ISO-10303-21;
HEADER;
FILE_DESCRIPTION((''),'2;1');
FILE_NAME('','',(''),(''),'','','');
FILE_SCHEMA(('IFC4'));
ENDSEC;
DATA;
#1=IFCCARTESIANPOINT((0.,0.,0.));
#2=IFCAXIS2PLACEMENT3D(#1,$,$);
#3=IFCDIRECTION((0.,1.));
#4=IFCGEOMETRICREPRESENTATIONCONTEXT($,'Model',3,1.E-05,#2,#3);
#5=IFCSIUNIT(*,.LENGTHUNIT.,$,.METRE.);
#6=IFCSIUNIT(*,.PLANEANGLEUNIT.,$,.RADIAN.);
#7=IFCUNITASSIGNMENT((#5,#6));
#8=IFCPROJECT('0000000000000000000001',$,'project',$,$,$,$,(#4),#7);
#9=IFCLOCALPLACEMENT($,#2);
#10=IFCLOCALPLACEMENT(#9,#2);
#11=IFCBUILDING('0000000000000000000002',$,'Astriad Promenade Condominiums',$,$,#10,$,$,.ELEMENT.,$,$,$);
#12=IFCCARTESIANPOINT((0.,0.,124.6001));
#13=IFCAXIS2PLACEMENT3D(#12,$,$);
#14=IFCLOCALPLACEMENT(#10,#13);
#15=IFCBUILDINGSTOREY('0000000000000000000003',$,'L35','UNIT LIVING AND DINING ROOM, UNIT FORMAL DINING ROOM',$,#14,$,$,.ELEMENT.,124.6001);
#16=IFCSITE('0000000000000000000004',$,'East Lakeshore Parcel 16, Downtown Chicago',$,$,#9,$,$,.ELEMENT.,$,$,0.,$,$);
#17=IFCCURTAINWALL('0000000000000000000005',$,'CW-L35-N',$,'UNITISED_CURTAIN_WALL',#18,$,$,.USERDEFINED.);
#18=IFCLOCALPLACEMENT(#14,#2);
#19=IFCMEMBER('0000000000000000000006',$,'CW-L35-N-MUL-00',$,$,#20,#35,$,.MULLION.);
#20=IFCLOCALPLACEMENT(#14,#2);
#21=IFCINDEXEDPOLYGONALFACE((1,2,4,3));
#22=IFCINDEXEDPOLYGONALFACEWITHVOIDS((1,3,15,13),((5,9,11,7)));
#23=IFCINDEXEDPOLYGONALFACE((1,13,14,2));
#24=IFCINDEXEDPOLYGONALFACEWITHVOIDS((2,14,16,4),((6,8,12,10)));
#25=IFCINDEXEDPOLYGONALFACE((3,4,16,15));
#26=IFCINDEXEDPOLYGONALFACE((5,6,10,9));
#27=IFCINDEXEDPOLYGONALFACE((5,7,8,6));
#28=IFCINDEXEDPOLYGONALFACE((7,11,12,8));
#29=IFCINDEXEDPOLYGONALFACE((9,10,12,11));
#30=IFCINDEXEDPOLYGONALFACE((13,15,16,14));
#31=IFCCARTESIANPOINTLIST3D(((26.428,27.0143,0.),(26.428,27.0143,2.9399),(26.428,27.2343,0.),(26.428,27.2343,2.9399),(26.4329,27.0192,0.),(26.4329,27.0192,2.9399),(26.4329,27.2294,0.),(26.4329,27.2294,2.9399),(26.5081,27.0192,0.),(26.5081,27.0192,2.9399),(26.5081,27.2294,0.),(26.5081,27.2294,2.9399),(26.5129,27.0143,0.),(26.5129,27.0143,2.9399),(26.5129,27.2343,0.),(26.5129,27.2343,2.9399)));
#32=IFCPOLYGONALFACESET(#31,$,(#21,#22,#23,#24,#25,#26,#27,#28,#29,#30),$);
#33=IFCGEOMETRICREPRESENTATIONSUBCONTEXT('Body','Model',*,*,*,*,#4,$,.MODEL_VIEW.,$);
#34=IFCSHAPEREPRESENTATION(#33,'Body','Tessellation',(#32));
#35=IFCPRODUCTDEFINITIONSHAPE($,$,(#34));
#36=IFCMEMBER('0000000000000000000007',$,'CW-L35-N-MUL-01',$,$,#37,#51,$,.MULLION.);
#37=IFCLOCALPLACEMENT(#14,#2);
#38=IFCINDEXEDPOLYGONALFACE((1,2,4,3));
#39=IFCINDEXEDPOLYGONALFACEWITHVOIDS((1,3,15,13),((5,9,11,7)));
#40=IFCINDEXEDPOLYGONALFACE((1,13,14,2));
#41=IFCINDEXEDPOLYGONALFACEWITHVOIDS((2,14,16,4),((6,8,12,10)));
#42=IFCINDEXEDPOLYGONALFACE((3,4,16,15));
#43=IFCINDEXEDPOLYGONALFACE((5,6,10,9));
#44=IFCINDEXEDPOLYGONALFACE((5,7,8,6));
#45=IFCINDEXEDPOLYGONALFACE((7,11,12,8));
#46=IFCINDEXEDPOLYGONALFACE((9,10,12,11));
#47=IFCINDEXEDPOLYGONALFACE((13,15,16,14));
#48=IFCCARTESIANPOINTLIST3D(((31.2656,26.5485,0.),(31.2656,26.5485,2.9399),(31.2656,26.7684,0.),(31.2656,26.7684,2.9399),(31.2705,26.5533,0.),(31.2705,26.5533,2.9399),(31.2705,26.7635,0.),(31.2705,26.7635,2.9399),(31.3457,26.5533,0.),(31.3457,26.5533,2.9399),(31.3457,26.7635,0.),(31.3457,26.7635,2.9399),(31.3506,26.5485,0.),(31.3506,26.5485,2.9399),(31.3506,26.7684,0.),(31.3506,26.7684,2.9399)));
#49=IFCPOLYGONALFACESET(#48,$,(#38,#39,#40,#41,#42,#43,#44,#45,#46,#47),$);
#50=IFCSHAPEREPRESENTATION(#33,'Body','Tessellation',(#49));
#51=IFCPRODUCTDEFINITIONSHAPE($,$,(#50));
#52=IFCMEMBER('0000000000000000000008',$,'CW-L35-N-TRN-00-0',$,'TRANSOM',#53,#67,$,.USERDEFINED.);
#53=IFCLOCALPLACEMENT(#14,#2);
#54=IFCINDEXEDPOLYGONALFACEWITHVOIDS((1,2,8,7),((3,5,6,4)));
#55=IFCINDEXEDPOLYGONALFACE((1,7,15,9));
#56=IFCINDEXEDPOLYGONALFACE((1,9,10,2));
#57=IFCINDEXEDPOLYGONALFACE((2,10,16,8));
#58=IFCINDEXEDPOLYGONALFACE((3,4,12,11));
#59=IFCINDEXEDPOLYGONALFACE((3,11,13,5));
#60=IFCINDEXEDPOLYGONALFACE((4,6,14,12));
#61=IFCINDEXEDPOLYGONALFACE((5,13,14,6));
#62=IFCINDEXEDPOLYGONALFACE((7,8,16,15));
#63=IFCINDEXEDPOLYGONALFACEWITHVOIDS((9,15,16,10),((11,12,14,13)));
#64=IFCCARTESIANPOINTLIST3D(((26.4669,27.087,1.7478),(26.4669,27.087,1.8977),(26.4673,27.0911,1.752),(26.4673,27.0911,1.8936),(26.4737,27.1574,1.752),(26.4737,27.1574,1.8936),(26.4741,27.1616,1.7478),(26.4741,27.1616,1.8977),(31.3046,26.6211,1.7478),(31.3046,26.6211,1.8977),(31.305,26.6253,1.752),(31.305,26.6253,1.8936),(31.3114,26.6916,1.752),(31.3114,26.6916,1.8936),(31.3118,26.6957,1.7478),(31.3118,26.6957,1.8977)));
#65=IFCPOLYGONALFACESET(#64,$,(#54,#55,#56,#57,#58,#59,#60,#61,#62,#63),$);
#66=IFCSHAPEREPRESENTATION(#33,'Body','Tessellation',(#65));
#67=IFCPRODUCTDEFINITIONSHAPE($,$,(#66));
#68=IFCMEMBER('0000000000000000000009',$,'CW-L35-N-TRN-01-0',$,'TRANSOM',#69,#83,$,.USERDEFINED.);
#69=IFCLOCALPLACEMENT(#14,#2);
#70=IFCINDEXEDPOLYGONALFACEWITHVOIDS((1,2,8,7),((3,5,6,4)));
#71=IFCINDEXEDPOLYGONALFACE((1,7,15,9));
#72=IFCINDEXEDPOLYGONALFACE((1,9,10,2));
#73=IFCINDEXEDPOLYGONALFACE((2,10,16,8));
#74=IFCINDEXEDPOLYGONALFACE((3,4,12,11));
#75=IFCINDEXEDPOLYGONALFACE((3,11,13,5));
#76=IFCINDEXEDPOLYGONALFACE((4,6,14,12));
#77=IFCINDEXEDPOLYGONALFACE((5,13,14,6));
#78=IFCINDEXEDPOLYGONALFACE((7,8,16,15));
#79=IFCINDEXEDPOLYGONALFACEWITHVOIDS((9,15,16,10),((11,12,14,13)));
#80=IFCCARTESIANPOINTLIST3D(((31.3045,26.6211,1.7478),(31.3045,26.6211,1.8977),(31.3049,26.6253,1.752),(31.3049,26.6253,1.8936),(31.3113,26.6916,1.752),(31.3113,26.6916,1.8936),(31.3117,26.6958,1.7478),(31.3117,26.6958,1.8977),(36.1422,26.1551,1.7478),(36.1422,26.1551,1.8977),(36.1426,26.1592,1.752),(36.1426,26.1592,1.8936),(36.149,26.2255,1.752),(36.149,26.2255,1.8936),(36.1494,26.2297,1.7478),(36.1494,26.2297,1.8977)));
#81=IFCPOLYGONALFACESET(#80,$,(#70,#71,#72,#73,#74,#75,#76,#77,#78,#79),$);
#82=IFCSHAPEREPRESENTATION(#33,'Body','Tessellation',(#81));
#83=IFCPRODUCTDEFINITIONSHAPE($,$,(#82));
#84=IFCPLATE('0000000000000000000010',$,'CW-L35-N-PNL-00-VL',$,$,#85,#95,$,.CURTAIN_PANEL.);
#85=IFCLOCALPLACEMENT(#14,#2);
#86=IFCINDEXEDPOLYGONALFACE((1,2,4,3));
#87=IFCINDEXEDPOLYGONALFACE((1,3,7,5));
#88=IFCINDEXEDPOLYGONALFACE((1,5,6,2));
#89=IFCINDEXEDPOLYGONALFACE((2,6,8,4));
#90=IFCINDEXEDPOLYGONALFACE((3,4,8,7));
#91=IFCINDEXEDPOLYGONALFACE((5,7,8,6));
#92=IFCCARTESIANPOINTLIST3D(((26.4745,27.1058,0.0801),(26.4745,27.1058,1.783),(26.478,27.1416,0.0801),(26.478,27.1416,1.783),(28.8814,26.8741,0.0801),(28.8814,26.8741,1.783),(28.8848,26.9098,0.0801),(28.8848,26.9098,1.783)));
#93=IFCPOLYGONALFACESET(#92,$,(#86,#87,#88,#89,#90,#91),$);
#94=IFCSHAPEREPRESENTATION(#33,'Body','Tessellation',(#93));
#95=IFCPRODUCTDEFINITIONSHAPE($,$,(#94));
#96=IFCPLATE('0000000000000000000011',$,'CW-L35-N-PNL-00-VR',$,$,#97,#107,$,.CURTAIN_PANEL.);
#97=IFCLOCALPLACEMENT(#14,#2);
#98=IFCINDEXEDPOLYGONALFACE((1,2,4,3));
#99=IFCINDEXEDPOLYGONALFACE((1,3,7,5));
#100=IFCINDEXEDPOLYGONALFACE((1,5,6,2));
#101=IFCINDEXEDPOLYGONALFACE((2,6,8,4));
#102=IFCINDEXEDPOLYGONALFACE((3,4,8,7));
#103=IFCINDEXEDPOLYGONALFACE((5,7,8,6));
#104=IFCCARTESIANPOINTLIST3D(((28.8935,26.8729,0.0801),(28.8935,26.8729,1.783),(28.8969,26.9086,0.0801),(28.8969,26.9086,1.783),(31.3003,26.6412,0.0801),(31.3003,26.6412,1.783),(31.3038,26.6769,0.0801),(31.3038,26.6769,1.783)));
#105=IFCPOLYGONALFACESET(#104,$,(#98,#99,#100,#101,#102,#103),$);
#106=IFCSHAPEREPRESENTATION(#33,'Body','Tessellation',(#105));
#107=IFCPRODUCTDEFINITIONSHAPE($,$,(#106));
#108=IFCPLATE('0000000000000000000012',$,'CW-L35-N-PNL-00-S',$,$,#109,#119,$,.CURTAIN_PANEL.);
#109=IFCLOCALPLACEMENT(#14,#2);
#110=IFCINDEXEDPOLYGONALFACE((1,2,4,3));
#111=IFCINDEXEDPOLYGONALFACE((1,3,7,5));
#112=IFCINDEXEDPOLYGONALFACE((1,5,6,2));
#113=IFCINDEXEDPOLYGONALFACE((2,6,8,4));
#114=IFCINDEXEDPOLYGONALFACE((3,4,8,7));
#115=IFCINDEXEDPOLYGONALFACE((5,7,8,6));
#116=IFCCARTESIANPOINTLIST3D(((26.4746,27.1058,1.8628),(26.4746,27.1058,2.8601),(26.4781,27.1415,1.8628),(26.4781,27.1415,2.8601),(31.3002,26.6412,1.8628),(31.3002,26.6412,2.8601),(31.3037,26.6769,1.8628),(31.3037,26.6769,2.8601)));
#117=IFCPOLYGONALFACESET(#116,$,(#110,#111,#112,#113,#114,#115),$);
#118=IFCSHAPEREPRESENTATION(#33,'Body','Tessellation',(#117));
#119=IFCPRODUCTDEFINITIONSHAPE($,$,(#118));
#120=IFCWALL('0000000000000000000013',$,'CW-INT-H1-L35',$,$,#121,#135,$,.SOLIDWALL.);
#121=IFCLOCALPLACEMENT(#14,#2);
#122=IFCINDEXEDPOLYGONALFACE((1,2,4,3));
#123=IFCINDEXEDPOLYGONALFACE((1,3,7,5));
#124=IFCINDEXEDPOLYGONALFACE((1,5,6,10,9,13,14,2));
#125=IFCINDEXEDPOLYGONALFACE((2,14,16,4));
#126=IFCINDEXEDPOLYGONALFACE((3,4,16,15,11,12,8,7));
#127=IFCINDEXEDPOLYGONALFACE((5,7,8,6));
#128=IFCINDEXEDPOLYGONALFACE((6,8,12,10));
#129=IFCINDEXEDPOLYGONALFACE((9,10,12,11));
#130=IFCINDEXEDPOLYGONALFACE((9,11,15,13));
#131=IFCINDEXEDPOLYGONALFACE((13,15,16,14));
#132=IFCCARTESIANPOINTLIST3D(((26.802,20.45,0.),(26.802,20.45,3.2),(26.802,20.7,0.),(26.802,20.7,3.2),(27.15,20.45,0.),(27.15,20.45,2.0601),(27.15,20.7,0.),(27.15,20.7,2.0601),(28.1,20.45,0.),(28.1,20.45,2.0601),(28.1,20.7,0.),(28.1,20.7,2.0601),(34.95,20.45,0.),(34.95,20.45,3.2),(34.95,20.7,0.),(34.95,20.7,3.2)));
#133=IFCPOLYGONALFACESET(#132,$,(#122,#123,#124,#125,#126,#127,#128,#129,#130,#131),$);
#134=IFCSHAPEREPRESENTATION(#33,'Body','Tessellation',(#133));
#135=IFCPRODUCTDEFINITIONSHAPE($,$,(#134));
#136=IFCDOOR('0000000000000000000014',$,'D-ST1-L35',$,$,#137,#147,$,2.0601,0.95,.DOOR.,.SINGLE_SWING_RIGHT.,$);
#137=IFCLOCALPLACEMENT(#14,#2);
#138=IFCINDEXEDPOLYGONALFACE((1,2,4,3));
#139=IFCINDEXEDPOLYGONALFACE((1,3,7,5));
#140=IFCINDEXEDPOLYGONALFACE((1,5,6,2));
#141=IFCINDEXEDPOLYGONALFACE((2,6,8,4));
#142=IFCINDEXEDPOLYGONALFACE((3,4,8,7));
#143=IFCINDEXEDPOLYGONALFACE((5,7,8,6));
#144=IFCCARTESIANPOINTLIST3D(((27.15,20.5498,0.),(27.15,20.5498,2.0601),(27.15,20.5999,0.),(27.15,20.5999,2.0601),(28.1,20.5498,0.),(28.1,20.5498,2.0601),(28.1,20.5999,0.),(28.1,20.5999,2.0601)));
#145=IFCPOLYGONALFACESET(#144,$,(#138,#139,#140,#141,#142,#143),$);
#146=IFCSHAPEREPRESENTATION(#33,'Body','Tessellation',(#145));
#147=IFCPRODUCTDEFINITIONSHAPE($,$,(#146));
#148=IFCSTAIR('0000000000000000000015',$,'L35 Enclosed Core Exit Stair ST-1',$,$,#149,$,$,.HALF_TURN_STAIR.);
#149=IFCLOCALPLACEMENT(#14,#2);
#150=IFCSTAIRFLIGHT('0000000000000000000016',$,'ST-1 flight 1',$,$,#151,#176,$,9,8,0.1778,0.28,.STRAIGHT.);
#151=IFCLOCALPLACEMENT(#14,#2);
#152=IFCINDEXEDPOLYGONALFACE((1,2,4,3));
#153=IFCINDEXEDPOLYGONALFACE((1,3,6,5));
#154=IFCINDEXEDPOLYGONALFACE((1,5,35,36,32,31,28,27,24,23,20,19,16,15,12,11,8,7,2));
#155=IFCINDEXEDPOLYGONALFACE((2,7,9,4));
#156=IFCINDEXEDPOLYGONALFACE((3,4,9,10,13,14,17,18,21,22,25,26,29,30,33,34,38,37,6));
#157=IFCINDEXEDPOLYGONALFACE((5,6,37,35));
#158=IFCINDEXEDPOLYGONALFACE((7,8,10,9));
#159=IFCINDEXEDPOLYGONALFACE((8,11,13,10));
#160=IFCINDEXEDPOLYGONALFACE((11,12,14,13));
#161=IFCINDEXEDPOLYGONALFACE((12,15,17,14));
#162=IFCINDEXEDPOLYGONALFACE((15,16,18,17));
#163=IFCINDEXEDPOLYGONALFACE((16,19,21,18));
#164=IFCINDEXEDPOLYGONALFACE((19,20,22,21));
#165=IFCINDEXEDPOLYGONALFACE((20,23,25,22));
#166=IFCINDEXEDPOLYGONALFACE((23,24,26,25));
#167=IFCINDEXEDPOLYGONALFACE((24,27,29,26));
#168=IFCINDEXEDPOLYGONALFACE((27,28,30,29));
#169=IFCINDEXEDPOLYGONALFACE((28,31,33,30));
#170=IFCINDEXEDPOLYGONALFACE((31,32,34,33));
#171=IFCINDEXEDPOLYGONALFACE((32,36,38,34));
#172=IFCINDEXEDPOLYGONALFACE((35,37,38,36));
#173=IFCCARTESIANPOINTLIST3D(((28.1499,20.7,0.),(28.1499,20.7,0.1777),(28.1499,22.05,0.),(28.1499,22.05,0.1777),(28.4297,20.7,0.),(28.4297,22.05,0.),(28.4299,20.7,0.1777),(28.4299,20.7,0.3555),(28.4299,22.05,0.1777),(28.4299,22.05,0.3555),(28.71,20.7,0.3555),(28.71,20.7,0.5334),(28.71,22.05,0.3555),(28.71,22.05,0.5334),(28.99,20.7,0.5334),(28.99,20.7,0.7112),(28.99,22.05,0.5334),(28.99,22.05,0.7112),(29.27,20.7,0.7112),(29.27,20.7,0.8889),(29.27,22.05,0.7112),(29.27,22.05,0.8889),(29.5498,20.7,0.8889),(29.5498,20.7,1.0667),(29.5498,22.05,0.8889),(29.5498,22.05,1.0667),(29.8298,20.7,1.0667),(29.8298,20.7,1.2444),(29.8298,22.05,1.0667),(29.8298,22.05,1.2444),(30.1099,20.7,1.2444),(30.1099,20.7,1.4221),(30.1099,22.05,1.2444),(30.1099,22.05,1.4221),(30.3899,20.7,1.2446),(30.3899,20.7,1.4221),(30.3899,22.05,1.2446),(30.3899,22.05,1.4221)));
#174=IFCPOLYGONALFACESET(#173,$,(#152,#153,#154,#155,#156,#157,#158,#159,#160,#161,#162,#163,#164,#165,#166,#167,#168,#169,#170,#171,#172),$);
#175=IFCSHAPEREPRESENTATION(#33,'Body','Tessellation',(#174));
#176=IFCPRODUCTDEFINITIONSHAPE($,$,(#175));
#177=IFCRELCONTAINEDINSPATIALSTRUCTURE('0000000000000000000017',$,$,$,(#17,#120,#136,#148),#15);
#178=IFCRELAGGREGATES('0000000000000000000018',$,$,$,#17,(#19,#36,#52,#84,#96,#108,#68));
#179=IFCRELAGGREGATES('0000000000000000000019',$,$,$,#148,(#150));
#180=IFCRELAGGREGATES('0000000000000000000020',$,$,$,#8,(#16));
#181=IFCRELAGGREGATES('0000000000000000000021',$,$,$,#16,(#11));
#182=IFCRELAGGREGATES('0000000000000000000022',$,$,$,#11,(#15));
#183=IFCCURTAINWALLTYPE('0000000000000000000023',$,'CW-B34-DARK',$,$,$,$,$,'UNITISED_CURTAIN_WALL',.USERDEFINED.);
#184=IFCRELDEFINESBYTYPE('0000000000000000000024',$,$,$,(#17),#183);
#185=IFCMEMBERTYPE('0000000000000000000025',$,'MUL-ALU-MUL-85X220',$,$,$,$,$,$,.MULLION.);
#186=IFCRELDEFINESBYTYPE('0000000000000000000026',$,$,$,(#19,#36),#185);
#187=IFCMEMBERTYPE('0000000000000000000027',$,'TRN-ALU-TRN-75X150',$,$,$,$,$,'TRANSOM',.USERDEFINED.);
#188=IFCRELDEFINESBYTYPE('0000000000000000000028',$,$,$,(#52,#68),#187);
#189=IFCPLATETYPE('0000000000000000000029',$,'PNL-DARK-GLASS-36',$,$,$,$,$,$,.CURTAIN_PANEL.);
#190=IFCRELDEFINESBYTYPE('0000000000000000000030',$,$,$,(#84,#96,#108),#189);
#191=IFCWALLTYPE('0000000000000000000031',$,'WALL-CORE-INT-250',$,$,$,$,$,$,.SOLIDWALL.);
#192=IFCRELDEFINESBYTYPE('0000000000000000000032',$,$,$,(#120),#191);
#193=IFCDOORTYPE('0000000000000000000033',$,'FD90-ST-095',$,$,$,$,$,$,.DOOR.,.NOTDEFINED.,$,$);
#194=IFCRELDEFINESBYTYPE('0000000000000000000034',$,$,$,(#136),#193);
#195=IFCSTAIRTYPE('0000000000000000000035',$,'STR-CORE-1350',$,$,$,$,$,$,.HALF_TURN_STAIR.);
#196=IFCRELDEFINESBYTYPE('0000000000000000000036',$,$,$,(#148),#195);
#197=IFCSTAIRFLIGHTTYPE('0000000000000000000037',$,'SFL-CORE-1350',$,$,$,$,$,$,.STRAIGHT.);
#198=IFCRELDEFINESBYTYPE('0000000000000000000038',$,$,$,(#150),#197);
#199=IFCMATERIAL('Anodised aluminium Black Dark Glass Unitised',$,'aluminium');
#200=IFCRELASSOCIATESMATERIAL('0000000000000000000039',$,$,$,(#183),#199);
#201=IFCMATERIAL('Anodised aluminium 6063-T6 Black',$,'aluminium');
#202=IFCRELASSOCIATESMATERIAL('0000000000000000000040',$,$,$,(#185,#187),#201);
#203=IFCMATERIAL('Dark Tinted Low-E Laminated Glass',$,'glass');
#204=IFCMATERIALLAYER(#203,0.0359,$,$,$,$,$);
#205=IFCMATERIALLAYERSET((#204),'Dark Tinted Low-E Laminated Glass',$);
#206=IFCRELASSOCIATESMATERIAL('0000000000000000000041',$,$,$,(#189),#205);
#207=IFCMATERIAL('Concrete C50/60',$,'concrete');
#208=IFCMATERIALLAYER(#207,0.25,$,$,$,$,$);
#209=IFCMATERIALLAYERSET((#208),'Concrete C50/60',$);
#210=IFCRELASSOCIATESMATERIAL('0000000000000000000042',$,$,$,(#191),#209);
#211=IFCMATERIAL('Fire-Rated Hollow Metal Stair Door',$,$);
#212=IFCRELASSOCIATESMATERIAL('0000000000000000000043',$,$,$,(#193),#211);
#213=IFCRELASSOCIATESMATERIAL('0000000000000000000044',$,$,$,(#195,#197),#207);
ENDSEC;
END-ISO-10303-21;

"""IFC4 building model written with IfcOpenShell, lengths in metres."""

from ifc_helpers import new_model, si_unit, direction, frame, frame_2d, origin, origin_2d, place, context, subcontext, project, spatial, polyline, rectangle, hollow_rectangle, outline, extrude, source, transform, mapped, material, layer, layer_set, material_profile, profile_set, type_object, type_shapes, element, fill, aggregate, save


model = new_model("IFC4")

# Units and contexts
model_context = context("Model", 3, precision=1e-05, world=origin(), true_north=direction((0.0, 1.0)))
body_context = subcontext(model_context, "Body", "Model", "MODEL_VIEW")
ifc_project = project(units=[si_unit("LENGTHUNIT", "METRE"), si_unit("PLANEANGLEUNIT", "RADIAN")], contexts=[model_context])

# Site, building, storey
site_placement = place(None, origin())
site = spatial("IfcSite", under=ifc_project, at=site_placement, Name="East Lakeshore Parcel 16, Downtown Chicago", CompositionType="ELEMENT", RefElevation=0.0)
building_placement = place(site_placement, origin())
building = spatial("IfcBuilding", under=site, at=building_placement, Name="Astriad Promenade Condominiums", CompositionType="ELEMENT")
storey_placement = place(building_placement, frame((0.0, 0.0, 124.6001)))
storey = spatial("IfcBuildingStorey", under=building, at=storey_placement, Name="L35", Description="UNIT LIVING AND DINING ROOM, UNIT FORMAL DINING ROOM", CompositionType="ELEMENT", Elevation=124.6001)

# Curtain wall, members, plates
ifc_material_1 = material(Name="Anodised aluminium Black Dark Glass Unitised", Category="aluminium")
curtain_wall_type = type_object("IfcCurtainWallType", Name="CW-B34-DARK", ElementType="UNITISED_CURTAIN_WALL", PredefinedType="USERDEFINED", material=ifc_material_1)
curtain_wall_placement = place(storey_placement, origin())
curtain_wall = element("IfcCurtainWall", 1, at=curtain_wall_placement, inside=storey, type_object=curtain_wall_type, Name="CW-L35-N", ObjectType="UNITISED_CURTAIN_WALL", PredefinedType="USERDEFINED")
ifc_material_2 = material(Name="Anodised aluminium 6063-T6 Black", Category="aluminium")
ifc_material_profile_1 = material_profile(ifc_material_2, hollow_rectangle(XDim=0.085, YDim=0.22, WallThickness=0.0049, at=origin_2d()), Name="ALU-MUL-85X220")
ifc_profile_set_1 = profile_set([ifc_material_profile_1], Name="Anodised aluminium 6063-T6 Black")
member_type_1 = type_object("IfcMemberType", Name="MUL-ALU-MUL-85X220", PredefinedType="MULLION", material=ifc_profile_set_1)
shared_shape_1 = source(origin(), body_context, "Body", "SweptSolid", [
    extrude(hollow_rectangle(XDim=0.085, YDim=0.22, WallThickness=0.0049, at=origin_2d()), origin(), (0.0, 0.0, 1.0), 2.9399),
])
type_shapes(member_type_1, [shared_shape_1])
member_1_placement = place(storey_placement, frame((26.4705, 27.1243, 0.0), z_axis=(0.0, 0.0, 1.0), x_axis=(1.0, 0.0, 0.0)))
member_1 = element("IfcMember", 2, at=member_1_placement, type_object=member_type_1, Name="CW-L35-N-MUL-00", PredefinedType="MULLION", context=body_context, shape_type="MappedRepresentation", body=[
    mapped(shared_shape_1, transform((0.0, 0.0, 0.0), scale=1.0)),
])
member_2_placement = place(storey_placement, frame((31.3081, 26.6584, 0.0), z_axis=(0.0, 0.0, 1.0), x_axis=(1.0, 0.0, 0.0)))
member_2 = element("IfcMember", 3, at=member_2_placement, type_object=member_type_1, Name="CW-L35-N-MUL-01", PredefinedType="MULLION", context=body_context, shape_type="MappedRepresentation", body=[
    mapped(shared_shape_1, transform((0.0, 0.0, 0.0), scale=1.0)),
])
ifc_material_profile_2 = material_profile(ifc_material_2, hollow_rectangle(XDim=0.075, YDim=0.1499, WallThickness=0.0042, at=origin_2d()), Name="ALU-TRN-75X150")
ifc_profile_set_2 = profile_set([ifc_material_profile_2], Name="Anodised aluminium 6063-T6 Black")
member_type_2 = type_object("IfcMemberType", Name="TRN-ALU-TRN-75X150", ElementType="TRANSOM", PredefinedType="USERDEFINED", material=ifc_profile_set_2)
shared_shape_2 = source(origin(), body_context, "Body", "SweptSolid", [
    extrude(hollow_rectangle(XDim=0.075, YDim=0.1499, WallThickness=0.0042, at=origin_2d()), origin(), (0.0, 0.0, 1.0), 4.8601),
])
type_shapes(member_type_2, [shared_shape_2])
member_3_placement = place(storey_placement, frame((26.4705, 27.1243, 1.8228), z_axis=(0.995396, -0.095847, 0.0), x_axis=(0.095847, 0.995396, 0.0)))
member_3 = element("IfcMember", 4, at=member_3_placement, type_object=member_type_2, Name="CW-L35-N-TRN-00-0", ObjectType="TRANSOM", PredefinedType="USERDEFINED", context=body_context, shape_type="MappedRepresentation", body=[
    mapped(shared_shape_2, transform((0.0, 0.0, 0.0), scale=1.0)),
])
member_4_placement = place(storey_placement, frame((31.3081, 26.6584, 1.8228), z_axis=(0.995391, -0.095897, 0.0), x_axis=(0.095897, 0.995391, 0.0)))
member_4 = element("IfcMember", 5, at=member_4_placement, type_object=member_type_2, Name="CW-L35-N-TRN-01-0", ObjectType="TRANSOM", PredefinedType="USERDEFINED", context=body_context, shape_type="MappedRepresentation", body=[
    mapped(shared_shape_2, transform((0.0, 0.0, 0.0), scale=1.0)),
])
ifc_material_3 = material(Name="Dark Tinted Low-E Laminated Glass", Category="glass")
ifc_layer_1 = layer(ifc_material_3, 0.0359)
ifc_layer_set_1 = layer_set([ifc_layer_1], Name="Dark Tinted Low-E Laminated Glass")
plate_type = type_object("IfcPlateType", Name="PNL-DARK-GLASS-36", PredefinedType="CURTAIN_PANEL", material=ifc_layer_set_1)
shared_shape_3 = source(origin(), body_context, "Body", "SweptSolid", [
    extrude(rectangle(XDim=2.418, YDim=0.0359, at=origin_2d()), origin(), (0.0, 0.0, 1.0), 1.7029),
])
plate_1_placement = place(storey_placement, frame((27.6797, 27.0078, 0.0801), z_axis=(0.0, 0.0, 1.0), x_axis=(0.995396, -0.095846, 0.0)))
plate_1 = element("IfcPlate", 6, at=plate_1_placement, type_object=plate_type, Name="CW-L35-N-PNL-00-VL", PredefinedType="CURTAIN_PANEL", context=body_context, shape_type="MappedRepresentation", body=[
    mapped(shared_shape_3, transform((0.0, 0.0, 0.0), scale=1.0)),
])
plate_2_placement = place(storey_placement, frame((30.0986, 26.7749, 0.0801), z_axis=(0.0, 0.0, 1.0), x_axis=(0.995396, -0.095846, 0.0)))
plate_2 = element("IfcPlate", 7, at=plate_2_placement, type_object=plate_type, Name="CW-L35-N-PNL-00-VR", PredefinedType="CURTAIN_PANEL", context=body_context, shape_type="MappedRepresentation", body=[
    mapped(shared_shape_3, transform((0.0, 0.0, 0.0), scale=1.0)),
])
shared_shape_4 = source(origin(), body_context, "Body", "SweptSolid", [
    extrude(rectangle(XDim=4.8479, YDim=0.0359, at=origin_2d()), origin(), (0.0, 0.0, 1.0), 0.9973),
])
type_shapes(plate_type, [shared_shape_3, shared_shape_4])
plate_3_placement = place(storey_placement, frame((28.8892, 26.8914, 1.8628), z_axis=(0.0, 0.0, 1.0), x_axis=(0.995396, -0.095846, 0.0)))
plate_3 = element("IfcPlate", 8, at=plate_3_placement, type_object=plate_type, Name="CW-L35-N-PNL-00-S", PredefinedType="CURTAIN_PANEL", context=body_context, shape_type="MappedRepresentation", body=[
    mapped(shared_shape_4, transform((0.0, 0.0, 0.0), scale=1.0)),
])
aggregate(curtain_wall, [member_1, member_2, member_3, plate_1, plate_2, plate_3, member_4])

# Wall, opening, door
ifc_material_4 = material(Name="Concrete C50/60", Category="concrete")
ifc_layer_2 = layer(ifc_material_4, 0.25)
ifc_layer_set_2 = layer_set([ifc_layer_2], Name="Concrete C50/60")
wall_type = type_object("IfcWallType", Name="WALL-CORE-INT-250", PredefinedType="SOLIDWALL", material=ifc_layer_set_2)
wall_placement = place(storey_placement, frame((26.802, 20.575, 0.0), z_axis=(0.0, 0.0, 1.0), x_axis=(1.0, 0.0, 0.0)))
wall = element("IfcWall", 9, at=wall_placement, inside=storey, type_object=wall_type, Name="CW-INT-H1-L35", PredefinedType="SOLIDWALL", context=body_context, shape_type="SweptSolid", body=[
    extrude(rectangle(XDim=8.1479, YDim=0.25, at=frame_2d((4.074, 0.0))), origin(), (0.0, 0.0, 1.0), 3.2),
])
opening_placement = place(wall_placement, frame((0.3479, 0.0, 0.0)))
opening = element("IfcOpeningElement", 10, at=opening_placement, cuts=wall, PredefinedType="OPENING", context=body_context, shape_type="SweptSolid", body=[
    extrude(rectangle(XDim=0.95, YDim=2.0601, at=frame_2d((0.4751, 1.03))), frame((0.0, 0.135, 0.0), z_axis=(0.0, -1.0, 0.0), x_axis=(1.0, 0.0, 0.0)), (0.0, 0.0, 1.0), 0.27),
])
ifc_material_5 = material(Name="Fire-Rated Hollow Metal Stair Door")
door_type = type_object("IfcDoorType", Name="FD90-ST-095", OperationType="NOTDEFINED", PredefinedType="DOOR", material=ifc_material_5)
shared_shape_5 = source(origin(), body_context, "Body", "SweptSolid", [
    extrude(rectangle(XDim=0.95, YDim=2.0601, at=frame_2d((0.4751, 1.03))), frame((0.0, 0.0249, 0.0), z_axis=(0.0, -1.0, 0.0), x_axis=(1.0, 0.0, 0.0)), (0.0, 0.0, 1.0), 0.05),
])
type_shapes(door_type, [shared_shape_5])
door_placement = place(opening_placement, origin())
door = element("IfcDoor", 11, at=door_placement, inside=storey, type_object=door_type, Name="D-ST1-L35", OperationType="SINGLE_SWING_RIGHT", OverallHeight=2.0601, OverallWidth=0.95, PredefinedType="DOOR", context=body_context, shape_type="MappedRepresentation", body=[
    mapped(shared_shape_5, transform((0.0, 0.0, 0.0), scale=1.0)),
])
fill(opening, door)

# Stair, stair flight
stair_type = type_object("IfcStairType", Name="STR-CORE-1350", PredefinedType="HALF_TURN_STAIR", material=ifc_material_4)
stair_placement = place(storey_placement, origin())
stair = element("IfcStair", 12, at=stair_placement, inside=storey, type_object=stair_type, Name="L35 Enclosed Core Exit Stair ST-1", PredefinedType="HALF_TURN_STAIR")
stair_flight_type = type_object("IfcStairFlightType", Name="SFL-CORE-1350", PredefinedType="STRAIGHT", material=ifc_material_4)
shared_shape_6 = source(origin(), body_context, "Body", "SweptSolid", [
    extrude(outline(polyline([(0.0, 0.0), (0.0, 0.1777), (0.28, 0.1777), (0.28, 0.3555), (0.5601, 0.3555), (0.5601, 0.5334), (0.8401, 0.5334), (0.8401, 0.7112), (1.1201, 0.7112), (1.1201, 0.8889), (1.3999, 0.8889), (1.3999, 1.0667), (1.6799, 1.0667), (1.6799, 1.2444), (1.96, 1.2444), (1.96, 1.4221), (2.24, 1.4221), (2.24, 1.6001), (2.24, 1.2446), (0.2798, 0.0), (0.0, 0.0)])), frame((0.0, 0.675, 0.0), z_axis=(0.0, -1.0, 0.0), x_axis=(1.0, 0.0, 0.0)), (0.0, 0.0, 1.0), 1.3501),
])
type_shapes(stair_flight_type, [shared_shape_6])
stair_flight_1_placement = place(storey_placement, frame((28.1499, 21.375, 0.0), z_axis=(0.0, 0.0, 1.0), x_axis=(1.0, 0.0, 0.0)))
stair_flight_1 = element("IfcStairFlight", 13, at=stair_flight_1_placement, type_object=stair_flight_type, Name="ST-1 flight 1", NumberOfRisers=9, NumberOfTreads=8, PredefinedType="STRAIGHT", RiserHeight=0.1778, TreadLength=0.28, context=body_context, shape_type="MappedRepresentation", body=[
    mapped(shared_shape_6, transform((0.0, 0.0, 0.0), scale=1.0)),
])
aggregate(stair, [stair_flight_1])

save(model, "model.ifc")
